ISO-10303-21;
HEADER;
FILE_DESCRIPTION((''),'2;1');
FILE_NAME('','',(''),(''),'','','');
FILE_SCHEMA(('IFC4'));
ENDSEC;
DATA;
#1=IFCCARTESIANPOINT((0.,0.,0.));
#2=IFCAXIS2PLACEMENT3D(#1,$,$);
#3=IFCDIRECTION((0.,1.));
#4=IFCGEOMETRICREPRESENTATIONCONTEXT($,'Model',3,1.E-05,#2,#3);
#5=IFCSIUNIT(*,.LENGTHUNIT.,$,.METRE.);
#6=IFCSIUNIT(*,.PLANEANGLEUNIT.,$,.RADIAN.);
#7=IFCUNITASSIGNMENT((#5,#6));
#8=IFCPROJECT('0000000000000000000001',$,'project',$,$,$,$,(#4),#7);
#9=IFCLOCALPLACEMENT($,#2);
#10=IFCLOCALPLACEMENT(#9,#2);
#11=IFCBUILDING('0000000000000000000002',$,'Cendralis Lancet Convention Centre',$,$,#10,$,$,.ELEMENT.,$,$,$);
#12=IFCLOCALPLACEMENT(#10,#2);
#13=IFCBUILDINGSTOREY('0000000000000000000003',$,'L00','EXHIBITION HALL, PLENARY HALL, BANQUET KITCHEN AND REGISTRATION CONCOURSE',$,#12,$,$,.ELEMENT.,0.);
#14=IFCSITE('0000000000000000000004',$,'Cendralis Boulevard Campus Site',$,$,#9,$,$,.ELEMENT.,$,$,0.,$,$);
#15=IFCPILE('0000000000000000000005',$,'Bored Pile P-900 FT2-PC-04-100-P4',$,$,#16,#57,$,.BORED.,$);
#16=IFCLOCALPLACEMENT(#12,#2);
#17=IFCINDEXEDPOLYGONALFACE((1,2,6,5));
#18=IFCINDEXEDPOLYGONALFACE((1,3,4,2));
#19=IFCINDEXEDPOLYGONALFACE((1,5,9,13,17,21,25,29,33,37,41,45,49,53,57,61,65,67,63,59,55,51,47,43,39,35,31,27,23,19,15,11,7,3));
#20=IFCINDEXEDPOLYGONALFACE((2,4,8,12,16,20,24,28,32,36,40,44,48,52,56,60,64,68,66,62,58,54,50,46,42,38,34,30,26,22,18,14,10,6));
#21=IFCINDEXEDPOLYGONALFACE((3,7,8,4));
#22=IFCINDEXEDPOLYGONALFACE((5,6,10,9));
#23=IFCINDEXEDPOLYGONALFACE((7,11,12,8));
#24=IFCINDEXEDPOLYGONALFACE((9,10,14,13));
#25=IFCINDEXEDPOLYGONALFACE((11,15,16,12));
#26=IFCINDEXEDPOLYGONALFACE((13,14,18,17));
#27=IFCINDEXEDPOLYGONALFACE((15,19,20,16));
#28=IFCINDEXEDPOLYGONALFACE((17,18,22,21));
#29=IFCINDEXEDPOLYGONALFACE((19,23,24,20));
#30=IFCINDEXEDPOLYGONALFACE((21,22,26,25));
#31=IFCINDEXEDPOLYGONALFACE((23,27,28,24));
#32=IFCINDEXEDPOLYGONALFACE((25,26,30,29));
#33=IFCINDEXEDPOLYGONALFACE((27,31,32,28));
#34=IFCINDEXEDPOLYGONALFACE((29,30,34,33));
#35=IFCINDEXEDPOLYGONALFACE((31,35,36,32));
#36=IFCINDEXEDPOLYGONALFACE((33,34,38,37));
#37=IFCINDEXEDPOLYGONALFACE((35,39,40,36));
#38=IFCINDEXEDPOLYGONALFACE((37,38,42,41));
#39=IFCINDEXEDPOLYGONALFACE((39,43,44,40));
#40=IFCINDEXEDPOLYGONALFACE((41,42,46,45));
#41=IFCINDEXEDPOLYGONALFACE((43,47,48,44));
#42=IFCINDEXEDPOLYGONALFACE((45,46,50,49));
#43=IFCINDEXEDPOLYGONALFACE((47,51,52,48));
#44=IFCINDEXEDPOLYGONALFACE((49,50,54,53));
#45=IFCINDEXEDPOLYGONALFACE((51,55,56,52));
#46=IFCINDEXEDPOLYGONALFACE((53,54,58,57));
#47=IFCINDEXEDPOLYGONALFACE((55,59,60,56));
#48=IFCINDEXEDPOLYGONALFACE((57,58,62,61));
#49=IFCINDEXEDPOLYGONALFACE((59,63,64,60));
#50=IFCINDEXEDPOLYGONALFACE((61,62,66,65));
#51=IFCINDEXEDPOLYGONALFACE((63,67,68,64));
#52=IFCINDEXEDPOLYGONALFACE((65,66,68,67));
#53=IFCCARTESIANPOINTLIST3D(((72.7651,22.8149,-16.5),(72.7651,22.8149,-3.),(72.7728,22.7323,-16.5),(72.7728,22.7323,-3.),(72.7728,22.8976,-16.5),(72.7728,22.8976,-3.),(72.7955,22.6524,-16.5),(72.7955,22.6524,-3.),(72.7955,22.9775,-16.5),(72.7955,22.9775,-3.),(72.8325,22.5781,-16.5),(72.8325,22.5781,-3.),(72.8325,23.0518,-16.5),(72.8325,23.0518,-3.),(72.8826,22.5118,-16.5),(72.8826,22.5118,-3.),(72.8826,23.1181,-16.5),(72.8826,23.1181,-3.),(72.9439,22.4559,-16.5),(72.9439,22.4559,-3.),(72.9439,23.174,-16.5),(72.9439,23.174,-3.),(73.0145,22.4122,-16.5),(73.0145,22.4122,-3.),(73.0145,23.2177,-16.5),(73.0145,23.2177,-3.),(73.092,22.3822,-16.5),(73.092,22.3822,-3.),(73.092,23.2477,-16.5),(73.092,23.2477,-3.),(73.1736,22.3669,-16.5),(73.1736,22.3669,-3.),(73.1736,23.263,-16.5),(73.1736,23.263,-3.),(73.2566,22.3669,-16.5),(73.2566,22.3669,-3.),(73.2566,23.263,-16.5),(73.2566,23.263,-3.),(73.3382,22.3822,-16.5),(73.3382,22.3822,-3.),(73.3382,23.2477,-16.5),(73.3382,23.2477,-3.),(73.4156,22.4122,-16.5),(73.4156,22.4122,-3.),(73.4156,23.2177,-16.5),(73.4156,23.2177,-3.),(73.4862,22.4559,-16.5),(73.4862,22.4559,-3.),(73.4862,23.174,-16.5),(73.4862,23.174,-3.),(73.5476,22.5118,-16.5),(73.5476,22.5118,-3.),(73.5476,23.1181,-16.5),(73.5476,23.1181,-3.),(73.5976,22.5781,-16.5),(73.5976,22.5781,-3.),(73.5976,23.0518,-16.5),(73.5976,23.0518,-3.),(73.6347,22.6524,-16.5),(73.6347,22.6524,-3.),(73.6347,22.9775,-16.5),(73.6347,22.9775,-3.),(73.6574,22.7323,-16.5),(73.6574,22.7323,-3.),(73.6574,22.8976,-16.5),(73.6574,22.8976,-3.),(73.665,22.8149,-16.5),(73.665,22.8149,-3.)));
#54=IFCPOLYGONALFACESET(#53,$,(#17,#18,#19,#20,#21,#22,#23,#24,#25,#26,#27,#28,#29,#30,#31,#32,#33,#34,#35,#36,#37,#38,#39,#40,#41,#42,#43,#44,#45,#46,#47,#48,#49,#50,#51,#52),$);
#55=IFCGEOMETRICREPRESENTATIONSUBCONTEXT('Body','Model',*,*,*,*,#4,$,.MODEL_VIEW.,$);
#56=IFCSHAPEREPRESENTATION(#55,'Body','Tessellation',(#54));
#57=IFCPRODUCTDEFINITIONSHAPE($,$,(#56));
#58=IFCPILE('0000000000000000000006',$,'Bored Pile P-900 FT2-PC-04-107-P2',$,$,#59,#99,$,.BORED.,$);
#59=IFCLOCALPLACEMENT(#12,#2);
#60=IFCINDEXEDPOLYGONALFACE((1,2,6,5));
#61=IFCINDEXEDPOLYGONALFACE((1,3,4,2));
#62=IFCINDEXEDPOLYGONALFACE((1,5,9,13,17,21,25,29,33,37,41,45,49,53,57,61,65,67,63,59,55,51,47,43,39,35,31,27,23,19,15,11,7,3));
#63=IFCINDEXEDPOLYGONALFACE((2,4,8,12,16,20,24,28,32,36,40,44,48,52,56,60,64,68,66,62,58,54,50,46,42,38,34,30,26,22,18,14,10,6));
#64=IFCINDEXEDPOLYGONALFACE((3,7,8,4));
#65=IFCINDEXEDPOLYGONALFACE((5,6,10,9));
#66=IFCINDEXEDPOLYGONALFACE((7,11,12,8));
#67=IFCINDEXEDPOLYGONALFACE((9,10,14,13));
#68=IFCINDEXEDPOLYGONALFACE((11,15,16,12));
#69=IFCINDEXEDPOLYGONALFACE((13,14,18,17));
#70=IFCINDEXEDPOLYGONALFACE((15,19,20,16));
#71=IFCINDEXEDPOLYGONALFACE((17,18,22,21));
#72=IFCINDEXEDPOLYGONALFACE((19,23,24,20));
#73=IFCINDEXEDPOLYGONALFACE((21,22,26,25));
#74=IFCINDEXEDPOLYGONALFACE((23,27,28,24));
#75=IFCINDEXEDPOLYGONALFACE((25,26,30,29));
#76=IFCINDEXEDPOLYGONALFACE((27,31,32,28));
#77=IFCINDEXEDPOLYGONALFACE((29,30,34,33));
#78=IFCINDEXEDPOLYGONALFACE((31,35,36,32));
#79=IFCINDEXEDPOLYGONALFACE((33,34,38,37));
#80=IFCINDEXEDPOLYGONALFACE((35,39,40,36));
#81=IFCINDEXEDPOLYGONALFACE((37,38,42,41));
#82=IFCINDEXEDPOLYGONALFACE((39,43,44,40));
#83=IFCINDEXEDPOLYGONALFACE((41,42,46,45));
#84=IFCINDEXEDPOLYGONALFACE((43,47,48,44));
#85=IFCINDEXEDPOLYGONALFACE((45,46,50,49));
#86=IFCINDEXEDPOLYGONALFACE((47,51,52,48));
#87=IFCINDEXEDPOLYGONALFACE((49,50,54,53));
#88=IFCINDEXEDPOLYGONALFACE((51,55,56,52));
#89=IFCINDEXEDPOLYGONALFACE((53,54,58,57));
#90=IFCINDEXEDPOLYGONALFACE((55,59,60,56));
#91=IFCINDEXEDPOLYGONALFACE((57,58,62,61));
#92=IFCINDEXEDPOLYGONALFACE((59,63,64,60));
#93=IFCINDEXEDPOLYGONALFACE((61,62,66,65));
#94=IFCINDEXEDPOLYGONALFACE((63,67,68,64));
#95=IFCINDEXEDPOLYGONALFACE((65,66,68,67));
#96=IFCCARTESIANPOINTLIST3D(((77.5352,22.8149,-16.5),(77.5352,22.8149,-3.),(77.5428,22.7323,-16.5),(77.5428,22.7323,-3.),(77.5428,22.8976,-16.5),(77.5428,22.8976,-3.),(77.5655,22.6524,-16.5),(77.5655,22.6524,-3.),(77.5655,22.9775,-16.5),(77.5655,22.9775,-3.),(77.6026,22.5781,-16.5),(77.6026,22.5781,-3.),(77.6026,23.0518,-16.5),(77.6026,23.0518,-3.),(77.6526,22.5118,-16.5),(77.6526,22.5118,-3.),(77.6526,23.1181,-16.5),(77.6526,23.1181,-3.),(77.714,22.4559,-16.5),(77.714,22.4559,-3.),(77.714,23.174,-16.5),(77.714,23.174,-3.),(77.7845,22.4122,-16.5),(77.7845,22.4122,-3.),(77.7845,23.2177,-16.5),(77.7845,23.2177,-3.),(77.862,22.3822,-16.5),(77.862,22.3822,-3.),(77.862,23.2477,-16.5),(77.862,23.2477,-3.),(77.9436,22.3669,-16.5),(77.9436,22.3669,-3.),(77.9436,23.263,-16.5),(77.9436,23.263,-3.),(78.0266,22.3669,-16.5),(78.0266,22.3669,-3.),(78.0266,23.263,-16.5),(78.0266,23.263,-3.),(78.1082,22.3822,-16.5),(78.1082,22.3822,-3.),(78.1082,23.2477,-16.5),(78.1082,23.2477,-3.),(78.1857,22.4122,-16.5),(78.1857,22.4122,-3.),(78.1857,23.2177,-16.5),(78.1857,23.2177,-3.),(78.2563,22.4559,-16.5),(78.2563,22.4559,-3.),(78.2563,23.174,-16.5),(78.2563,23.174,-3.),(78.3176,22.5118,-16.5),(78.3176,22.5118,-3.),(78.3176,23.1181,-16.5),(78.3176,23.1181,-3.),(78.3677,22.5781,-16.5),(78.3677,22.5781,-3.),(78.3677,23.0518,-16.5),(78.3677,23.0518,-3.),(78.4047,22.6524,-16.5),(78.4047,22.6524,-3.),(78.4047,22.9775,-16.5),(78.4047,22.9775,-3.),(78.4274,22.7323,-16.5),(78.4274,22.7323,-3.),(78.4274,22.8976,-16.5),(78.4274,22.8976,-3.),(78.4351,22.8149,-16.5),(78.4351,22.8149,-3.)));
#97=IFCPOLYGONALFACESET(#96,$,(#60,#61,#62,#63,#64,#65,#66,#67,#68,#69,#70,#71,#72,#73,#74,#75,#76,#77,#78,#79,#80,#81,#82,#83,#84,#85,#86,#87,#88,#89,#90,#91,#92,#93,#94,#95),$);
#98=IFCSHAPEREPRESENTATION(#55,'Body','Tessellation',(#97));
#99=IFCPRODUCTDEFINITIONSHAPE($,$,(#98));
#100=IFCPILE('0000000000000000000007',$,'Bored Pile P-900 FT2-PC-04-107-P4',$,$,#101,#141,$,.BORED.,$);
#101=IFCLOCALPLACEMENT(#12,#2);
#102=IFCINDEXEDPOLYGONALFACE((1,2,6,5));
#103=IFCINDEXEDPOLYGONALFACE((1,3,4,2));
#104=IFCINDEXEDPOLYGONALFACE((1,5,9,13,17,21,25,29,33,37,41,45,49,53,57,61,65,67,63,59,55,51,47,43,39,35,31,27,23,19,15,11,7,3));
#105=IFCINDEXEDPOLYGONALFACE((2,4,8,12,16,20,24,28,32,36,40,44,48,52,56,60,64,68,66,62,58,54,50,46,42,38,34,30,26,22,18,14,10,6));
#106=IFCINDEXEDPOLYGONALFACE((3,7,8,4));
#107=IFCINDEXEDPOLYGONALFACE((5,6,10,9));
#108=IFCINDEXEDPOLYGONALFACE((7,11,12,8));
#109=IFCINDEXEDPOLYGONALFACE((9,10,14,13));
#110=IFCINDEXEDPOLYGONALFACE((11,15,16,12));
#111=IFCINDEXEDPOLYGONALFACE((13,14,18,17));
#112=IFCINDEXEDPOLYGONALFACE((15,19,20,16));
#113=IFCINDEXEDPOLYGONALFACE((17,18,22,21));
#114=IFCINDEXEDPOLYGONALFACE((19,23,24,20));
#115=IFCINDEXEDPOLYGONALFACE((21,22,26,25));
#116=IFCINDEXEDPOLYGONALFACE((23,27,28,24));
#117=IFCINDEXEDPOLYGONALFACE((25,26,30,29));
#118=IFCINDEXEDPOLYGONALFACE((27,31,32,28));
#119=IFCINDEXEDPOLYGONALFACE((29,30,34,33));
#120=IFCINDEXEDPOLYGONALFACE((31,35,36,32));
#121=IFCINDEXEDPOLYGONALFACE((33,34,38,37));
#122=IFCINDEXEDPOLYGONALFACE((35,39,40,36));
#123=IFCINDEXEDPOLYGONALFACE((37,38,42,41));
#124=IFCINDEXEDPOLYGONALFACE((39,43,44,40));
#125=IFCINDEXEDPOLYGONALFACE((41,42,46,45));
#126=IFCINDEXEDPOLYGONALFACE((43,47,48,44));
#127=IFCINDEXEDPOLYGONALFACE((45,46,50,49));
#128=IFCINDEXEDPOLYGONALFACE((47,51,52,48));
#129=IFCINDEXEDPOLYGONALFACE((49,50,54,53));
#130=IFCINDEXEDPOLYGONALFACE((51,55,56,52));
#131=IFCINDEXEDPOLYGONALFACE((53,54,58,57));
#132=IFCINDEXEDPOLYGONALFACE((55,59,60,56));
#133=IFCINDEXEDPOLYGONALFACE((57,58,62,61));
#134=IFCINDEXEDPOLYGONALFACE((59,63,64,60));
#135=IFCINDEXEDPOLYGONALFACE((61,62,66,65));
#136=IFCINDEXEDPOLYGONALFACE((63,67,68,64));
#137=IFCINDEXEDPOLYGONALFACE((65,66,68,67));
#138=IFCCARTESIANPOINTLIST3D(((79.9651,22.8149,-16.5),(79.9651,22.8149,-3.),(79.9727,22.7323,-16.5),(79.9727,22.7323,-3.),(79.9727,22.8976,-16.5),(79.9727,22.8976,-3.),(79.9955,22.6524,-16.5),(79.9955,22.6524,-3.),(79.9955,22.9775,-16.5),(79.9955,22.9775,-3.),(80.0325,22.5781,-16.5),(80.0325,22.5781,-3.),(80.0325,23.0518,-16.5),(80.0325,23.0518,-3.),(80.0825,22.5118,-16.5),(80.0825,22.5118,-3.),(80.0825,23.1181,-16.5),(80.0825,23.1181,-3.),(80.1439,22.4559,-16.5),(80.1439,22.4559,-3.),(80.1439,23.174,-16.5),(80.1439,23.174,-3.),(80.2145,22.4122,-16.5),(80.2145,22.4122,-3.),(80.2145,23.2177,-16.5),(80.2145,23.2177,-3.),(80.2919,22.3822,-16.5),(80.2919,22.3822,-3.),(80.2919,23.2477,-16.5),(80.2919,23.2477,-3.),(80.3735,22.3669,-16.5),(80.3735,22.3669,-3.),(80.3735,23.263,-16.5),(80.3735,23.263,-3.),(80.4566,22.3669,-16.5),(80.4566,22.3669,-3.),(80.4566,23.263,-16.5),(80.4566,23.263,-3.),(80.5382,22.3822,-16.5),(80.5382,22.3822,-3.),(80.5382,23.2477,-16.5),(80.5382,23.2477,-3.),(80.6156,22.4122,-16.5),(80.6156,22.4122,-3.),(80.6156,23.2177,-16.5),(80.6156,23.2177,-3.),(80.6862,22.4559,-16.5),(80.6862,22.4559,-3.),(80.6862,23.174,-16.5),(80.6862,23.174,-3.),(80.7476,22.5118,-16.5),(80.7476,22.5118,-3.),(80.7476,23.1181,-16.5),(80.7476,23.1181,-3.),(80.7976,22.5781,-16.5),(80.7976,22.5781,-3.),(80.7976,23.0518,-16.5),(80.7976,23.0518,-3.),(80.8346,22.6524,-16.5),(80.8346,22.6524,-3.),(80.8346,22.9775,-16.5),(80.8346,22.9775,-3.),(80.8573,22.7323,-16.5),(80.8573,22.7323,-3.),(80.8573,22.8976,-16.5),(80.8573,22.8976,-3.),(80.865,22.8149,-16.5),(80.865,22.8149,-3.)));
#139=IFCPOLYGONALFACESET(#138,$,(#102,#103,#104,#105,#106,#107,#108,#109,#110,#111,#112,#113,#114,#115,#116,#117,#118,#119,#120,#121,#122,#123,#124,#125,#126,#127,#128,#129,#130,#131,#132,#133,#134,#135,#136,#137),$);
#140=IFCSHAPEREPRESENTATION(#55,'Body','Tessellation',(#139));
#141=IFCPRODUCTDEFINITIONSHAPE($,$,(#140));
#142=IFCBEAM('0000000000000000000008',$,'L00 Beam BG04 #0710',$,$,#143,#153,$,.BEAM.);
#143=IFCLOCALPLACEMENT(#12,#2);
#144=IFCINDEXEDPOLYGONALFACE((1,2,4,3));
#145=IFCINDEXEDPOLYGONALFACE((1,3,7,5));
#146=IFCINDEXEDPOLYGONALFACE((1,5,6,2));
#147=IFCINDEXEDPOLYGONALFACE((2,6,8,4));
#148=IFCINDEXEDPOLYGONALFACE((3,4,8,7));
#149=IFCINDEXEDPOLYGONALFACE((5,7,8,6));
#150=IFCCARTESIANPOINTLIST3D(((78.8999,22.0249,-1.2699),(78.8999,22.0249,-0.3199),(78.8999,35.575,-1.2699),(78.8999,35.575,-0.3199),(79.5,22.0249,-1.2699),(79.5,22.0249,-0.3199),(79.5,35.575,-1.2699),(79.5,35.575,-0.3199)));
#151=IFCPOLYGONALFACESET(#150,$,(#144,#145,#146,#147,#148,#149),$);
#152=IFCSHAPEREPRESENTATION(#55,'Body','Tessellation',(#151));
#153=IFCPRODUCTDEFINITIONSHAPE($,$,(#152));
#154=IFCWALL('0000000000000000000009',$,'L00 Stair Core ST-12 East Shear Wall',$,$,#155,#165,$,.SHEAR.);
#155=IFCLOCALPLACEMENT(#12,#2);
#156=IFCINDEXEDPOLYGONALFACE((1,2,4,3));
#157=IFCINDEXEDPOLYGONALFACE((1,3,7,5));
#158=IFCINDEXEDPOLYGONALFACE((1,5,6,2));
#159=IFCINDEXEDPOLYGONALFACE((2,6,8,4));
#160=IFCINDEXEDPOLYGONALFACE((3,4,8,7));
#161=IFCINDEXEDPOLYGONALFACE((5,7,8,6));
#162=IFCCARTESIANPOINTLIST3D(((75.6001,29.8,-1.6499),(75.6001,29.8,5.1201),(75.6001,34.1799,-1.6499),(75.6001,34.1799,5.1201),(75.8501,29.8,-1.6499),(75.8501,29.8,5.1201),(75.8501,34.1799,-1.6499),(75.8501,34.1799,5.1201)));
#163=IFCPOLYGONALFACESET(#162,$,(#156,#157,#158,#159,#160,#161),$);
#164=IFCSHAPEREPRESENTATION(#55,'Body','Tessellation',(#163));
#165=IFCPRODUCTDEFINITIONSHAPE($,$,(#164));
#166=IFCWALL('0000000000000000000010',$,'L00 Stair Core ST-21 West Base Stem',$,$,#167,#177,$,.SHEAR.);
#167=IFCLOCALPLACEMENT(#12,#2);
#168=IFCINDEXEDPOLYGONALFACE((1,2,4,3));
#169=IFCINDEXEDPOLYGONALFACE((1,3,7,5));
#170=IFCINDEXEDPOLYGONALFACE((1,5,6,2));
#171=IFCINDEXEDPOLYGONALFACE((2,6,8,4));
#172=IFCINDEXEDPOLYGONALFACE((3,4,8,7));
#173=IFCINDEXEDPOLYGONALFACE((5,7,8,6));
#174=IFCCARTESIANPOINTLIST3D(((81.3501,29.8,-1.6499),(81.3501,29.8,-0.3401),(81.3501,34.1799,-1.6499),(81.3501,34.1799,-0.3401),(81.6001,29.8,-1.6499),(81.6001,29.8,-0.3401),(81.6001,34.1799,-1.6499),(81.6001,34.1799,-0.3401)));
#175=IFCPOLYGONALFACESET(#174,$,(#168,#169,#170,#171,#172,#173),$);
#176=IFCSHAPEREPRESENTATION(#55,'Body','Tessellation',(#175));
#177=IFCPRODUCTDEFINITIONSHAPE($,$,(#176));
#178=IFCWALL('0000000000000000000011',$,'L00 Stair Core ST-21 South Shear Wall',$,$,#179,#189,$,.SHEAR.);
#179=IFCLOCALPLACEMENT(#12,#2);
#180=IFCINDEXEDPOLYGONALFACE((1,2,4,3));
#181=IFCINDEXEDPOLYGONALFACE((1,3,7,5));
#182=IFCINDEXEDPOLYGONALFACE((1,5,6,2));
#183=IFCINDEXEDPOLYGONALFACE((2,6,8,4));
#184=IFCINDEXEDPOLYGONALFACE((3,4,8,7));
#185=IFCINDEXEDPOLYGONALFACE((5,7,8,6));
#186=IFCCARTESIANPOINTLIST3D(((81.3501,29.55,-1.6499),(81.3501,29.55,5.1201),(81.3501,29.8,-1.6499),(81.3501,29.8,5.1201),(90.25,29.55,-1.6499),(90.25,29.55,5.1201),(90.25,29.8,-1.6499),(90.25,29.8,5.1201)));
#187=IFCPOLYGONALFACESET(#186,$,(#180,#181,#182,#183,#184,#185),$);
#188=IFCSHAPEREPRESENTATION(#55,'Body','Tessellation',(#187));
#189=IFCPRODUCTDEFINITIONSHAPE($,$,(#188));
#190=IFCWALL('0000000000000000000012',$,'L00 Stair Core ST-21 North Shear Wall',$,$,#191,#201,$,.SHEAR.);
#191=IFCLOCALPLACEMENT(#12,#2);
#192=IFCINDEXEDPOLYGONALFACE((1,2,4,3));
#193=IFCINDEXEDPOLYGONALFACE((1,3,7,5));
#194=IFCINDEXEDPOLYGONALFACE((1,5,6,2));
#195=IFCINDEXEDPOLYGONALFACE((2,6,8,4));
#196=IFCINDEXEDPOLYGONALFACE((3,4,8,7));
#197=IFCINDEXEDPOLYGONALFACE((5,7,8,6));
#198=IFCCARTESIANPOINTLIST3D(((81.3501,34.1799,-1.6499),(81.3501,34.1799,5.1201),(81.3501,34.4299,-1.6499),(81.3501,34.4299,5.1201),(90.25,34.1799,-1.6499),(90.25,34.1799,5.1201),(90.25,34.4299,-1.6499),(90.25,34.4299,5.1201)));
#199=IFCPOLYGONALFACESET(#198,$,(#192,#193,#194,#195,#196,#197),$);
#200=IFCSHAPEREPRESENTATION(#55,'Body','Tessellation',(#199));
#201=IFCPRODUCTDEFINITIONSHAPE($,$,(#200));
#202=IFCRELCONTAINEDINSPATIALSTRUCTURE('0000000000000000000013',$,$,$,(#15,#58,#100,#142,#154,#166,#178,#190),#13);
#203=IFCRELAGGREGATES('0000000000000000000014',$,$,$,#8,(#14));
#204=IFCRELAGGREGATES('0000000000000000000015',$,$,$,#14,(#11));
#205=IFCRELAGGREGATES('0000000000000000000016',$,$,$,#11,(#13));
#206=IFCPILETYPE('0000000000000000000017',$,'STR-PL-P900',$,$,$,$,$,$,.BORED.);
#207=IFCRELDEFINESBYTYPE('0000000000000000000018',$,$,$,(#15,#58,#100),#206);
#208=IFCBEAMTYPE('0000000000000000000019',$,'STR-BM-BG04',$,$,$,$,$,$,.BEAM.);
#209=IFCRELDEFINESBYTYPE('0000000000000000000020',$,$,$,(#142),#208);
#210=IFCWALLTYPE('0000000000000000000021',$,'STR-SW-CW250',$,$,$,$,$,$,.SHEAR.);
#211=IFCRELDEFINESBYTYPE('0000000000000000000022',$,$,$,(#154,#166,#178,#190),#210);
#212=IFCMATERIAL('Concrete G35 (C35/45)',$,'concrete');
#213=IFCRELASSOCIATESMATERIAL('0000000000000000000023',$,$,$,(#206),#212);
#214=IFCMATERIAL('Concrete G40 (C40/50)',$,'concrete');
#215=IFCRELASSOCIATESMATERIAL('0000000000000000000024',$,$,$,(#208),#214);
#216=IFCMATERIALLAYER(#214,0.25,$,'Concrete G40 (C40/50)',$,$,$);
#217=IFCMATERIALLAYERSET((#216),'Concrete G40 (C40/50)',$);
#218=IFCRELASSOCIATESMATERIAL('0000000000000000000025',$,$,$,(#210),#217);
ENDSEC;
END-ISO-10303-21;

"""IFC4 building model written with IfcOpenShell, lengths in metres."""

from ifc_helpers import new_model, si_unit, direction, frame, frame_2d, origin, origin_2d, place, context, subcontext, project, spatial, rectangle, circle, extrude, material, layer, layer_set, material_profile, profile_set, type_object, element, save


model = new_model("IFC4")

# Units and contexts
model_context = context("Model", 3, precision=1e-05, world=origin(), true_north=direction((0.0, 1.0)))
body_context = subcontext(model_context, "Body", "Model", "MODEL_VIEW")
ifc_project = project(units=[si_unit("LENGTHUNIT", "METRE"), si_unit("PLANEANGLEUNIT", "RADIAN")], contexts=[model_context])

# Site, building, storey
site_placement = place(None, origin())
site = spatial("IfcSite", under=ifc_project, at=site_placement, Name="Cendralis Boulevard Campus Site", CompositionType="ELEMENT", RefElevation=0.0)
building_placement = place(site_placement, origin())
building = spatial("IfcBuilding", under=site, at=building_placement, Name="Cendralis Lancet Convention Centre", CompositionType="ELEMENT")
storey_placement = place(building_placement, origin())
storey = spatial("IfcBuildingStorey", under=building, at=storey_placement, Name="L00", Description="EXHIBITION HALL, PLENARY HALL, BANQUET KITCHEN AND REGISTRATION CONCOURSE", CompositionType="ELEMENT", Elevation=0.0)

# Shared definitions
ifc_material_1 = material(Name="Concrete G35 (C35/45)", Category="concrete")

# Piles
ifc_material_profile_1 = material_profile(ifc_material_1, circle(Radius=0.45, at=origin_2d()), Name="BORED PILE D900")
ifc_profile_set_1 = profile_set([ifc_material_profile_1], Name="Concrete G35 (C35/45)")
pile_type_1 = type_object("IfcPileType", Name="STR-PL-P900", PredefinedType="BORED", material=ifc_profile_set_1)
for number, where, z_axis, x_axis, name in (
    (1, (73.2151, 22.8149, -3.0), (0.0, 0.0, -1.0), (1.0, 0.0, 0.0), "Bored Pile P-900 FT2-PC-04-100-P4"),
    (2, (77.9851, 22.8149, -3.0), (0.0, 0.0, -1.0), (1.0, 0.0, 0.0), "Bored Pile P-900 FT2-PC-04-107-P2"),
    (3, (80.415, 22.8149, -3.0), (0.0, 0.0, -1.0), (1.0, 0.0, 0.0), "Bored Pile P-900 FT2-PC-04-107-P4"),
):
    element("IfcPile", number, at=place(storey_placement, frame(where, z_axis=z_axis, x_axis=x_axis)), inside=storey, type_object=pile_type_1, Name=name, PredefinedType="BORED", context=body_context, shape_type="SweptSolid", body=[
        extrude(circle(Radius=0.45, at=origin_2d()), origin(), (0.0, 0.0, 1.0), 13.5),
    ])

# Beam
ifc_material_2 = material(Name="Concrete G40 (C40/50)", Category="concrete")
ifc_material_profile_2 = material_profile(ifc_material_2, rectangle(XDim=0.6001, YDim=0.95, at=origin_2d()), Name="RCB 600x950")
ifc_profile_set_2 = profile_set([ifc_material_profile_2], Name="Concrete G40 (C40/50)")
beam_type = type_object("IfcBeamType", Name="STR-BM-BG04", PredefinedType="BEAM", material=ifc_profile_set_2)
beam_placement = place(storey_placement, frame((79.2, 22.0249, -0.7949), z_axis=(0.0, 1.0, 0.0), x_axis=(-1.0, 0.0, 0.0)))
element("IfcBeam", 4, at=beam_placement, inside=storey, type_object=beam_type, Name="L00 Beam BG04 #0710", PredefinedType="BEAM", context=body_context, shape_type="SweptSolid", body=[
    extrude(rectangle(XDim=0.6001, YDim=0.95, at=origin_2d()), origin(), (0.0, 0.0, 1.0), 13.55),
])

# Walls
ifc_layer = layer(ifc_material_2, 0.25, Name="Concrete G40 (C40/50)")
ifc_layer_set = layer_set([ifc_layer], Name="Concrete G40 (C40/50)")
wall_type = type_object("IfcWallType", Name="STR-SW-CW250", PredefinedType="SHEAR", material=ifc_layer_set)
wall_1_placement = place(storey_placement, frame((75.7251, 29.8, -1.6499), z_axis=(0.0, 0.0, 1.0), x_axis=(0.0, 1.0, 0.0)))
element("IfcWall", 5, at=wall_1_placement, inside=storey, type_object=wall_type, Name="L00 Stair Core ST-12 East Shear Wall", PredefinedType="SHEAR", context=body_context, shape_type="SweptSolid", body=[
    extrude(rectangle(XDim=4.3799, YDim=0.25, at=frame_2d((2.1899, 0.0))), origin(), (0.0, 0.0, 1.0), 6.77),
])
wall_2_placement = place(storey_placement, frame((81.4751, 29.8, -1.6499), z_axis=(0.0, 0.0, 1.0), x_axis=(0.0, 1.0, 0.0)))
element("IfcWall", 6, at=wall_2_placement, inside=storey, type_object=wall_type, Name="L00 Stair Core ST-21 West Base Stem", PredefinedType="SHEAR", context=body_context, shape_type="SweptSolid", body=[
    extrude(rectangle(XDim=4.3799, YDim=0.25, at=frame_2d((2.1899, 0.0))), origin(), (0.0, 0.0, 1.0), 1.3098),
])

# Walls
for number, where, z_axis, x_axis, name in (
    (7, (81.3501, 29.675, -1.6499), (0.0, 0.0, 1.0), (1.0, 0.0, 0.0), "L00 Stair Core ST-21 South Shear Wall"),
    (8, (81.3501, 34.3049, -1.6499), (0.0, 0.0, 1.0), (1.0, 0.0, 0.0), "L00 Stair Core ST-21 North Shear Wall"),
):
    element("IfcWall", number, at=place(storey_placement, frame(where, z_axis=z_axis, x_axis=x_axis)), inside=storey, type_object=wall_type, Name=name, PredefinedType="SHEAR", context=body_context, shape_type="SweptSolid", body=[
        extrude(rectangle(XDim=8.8999, YDim=0.25, at=frame_2d((4.45, 0.0))), origin(), (0.0, 0.0, 1.0), 6.77),
    ])

save(model, "model.ifc")
